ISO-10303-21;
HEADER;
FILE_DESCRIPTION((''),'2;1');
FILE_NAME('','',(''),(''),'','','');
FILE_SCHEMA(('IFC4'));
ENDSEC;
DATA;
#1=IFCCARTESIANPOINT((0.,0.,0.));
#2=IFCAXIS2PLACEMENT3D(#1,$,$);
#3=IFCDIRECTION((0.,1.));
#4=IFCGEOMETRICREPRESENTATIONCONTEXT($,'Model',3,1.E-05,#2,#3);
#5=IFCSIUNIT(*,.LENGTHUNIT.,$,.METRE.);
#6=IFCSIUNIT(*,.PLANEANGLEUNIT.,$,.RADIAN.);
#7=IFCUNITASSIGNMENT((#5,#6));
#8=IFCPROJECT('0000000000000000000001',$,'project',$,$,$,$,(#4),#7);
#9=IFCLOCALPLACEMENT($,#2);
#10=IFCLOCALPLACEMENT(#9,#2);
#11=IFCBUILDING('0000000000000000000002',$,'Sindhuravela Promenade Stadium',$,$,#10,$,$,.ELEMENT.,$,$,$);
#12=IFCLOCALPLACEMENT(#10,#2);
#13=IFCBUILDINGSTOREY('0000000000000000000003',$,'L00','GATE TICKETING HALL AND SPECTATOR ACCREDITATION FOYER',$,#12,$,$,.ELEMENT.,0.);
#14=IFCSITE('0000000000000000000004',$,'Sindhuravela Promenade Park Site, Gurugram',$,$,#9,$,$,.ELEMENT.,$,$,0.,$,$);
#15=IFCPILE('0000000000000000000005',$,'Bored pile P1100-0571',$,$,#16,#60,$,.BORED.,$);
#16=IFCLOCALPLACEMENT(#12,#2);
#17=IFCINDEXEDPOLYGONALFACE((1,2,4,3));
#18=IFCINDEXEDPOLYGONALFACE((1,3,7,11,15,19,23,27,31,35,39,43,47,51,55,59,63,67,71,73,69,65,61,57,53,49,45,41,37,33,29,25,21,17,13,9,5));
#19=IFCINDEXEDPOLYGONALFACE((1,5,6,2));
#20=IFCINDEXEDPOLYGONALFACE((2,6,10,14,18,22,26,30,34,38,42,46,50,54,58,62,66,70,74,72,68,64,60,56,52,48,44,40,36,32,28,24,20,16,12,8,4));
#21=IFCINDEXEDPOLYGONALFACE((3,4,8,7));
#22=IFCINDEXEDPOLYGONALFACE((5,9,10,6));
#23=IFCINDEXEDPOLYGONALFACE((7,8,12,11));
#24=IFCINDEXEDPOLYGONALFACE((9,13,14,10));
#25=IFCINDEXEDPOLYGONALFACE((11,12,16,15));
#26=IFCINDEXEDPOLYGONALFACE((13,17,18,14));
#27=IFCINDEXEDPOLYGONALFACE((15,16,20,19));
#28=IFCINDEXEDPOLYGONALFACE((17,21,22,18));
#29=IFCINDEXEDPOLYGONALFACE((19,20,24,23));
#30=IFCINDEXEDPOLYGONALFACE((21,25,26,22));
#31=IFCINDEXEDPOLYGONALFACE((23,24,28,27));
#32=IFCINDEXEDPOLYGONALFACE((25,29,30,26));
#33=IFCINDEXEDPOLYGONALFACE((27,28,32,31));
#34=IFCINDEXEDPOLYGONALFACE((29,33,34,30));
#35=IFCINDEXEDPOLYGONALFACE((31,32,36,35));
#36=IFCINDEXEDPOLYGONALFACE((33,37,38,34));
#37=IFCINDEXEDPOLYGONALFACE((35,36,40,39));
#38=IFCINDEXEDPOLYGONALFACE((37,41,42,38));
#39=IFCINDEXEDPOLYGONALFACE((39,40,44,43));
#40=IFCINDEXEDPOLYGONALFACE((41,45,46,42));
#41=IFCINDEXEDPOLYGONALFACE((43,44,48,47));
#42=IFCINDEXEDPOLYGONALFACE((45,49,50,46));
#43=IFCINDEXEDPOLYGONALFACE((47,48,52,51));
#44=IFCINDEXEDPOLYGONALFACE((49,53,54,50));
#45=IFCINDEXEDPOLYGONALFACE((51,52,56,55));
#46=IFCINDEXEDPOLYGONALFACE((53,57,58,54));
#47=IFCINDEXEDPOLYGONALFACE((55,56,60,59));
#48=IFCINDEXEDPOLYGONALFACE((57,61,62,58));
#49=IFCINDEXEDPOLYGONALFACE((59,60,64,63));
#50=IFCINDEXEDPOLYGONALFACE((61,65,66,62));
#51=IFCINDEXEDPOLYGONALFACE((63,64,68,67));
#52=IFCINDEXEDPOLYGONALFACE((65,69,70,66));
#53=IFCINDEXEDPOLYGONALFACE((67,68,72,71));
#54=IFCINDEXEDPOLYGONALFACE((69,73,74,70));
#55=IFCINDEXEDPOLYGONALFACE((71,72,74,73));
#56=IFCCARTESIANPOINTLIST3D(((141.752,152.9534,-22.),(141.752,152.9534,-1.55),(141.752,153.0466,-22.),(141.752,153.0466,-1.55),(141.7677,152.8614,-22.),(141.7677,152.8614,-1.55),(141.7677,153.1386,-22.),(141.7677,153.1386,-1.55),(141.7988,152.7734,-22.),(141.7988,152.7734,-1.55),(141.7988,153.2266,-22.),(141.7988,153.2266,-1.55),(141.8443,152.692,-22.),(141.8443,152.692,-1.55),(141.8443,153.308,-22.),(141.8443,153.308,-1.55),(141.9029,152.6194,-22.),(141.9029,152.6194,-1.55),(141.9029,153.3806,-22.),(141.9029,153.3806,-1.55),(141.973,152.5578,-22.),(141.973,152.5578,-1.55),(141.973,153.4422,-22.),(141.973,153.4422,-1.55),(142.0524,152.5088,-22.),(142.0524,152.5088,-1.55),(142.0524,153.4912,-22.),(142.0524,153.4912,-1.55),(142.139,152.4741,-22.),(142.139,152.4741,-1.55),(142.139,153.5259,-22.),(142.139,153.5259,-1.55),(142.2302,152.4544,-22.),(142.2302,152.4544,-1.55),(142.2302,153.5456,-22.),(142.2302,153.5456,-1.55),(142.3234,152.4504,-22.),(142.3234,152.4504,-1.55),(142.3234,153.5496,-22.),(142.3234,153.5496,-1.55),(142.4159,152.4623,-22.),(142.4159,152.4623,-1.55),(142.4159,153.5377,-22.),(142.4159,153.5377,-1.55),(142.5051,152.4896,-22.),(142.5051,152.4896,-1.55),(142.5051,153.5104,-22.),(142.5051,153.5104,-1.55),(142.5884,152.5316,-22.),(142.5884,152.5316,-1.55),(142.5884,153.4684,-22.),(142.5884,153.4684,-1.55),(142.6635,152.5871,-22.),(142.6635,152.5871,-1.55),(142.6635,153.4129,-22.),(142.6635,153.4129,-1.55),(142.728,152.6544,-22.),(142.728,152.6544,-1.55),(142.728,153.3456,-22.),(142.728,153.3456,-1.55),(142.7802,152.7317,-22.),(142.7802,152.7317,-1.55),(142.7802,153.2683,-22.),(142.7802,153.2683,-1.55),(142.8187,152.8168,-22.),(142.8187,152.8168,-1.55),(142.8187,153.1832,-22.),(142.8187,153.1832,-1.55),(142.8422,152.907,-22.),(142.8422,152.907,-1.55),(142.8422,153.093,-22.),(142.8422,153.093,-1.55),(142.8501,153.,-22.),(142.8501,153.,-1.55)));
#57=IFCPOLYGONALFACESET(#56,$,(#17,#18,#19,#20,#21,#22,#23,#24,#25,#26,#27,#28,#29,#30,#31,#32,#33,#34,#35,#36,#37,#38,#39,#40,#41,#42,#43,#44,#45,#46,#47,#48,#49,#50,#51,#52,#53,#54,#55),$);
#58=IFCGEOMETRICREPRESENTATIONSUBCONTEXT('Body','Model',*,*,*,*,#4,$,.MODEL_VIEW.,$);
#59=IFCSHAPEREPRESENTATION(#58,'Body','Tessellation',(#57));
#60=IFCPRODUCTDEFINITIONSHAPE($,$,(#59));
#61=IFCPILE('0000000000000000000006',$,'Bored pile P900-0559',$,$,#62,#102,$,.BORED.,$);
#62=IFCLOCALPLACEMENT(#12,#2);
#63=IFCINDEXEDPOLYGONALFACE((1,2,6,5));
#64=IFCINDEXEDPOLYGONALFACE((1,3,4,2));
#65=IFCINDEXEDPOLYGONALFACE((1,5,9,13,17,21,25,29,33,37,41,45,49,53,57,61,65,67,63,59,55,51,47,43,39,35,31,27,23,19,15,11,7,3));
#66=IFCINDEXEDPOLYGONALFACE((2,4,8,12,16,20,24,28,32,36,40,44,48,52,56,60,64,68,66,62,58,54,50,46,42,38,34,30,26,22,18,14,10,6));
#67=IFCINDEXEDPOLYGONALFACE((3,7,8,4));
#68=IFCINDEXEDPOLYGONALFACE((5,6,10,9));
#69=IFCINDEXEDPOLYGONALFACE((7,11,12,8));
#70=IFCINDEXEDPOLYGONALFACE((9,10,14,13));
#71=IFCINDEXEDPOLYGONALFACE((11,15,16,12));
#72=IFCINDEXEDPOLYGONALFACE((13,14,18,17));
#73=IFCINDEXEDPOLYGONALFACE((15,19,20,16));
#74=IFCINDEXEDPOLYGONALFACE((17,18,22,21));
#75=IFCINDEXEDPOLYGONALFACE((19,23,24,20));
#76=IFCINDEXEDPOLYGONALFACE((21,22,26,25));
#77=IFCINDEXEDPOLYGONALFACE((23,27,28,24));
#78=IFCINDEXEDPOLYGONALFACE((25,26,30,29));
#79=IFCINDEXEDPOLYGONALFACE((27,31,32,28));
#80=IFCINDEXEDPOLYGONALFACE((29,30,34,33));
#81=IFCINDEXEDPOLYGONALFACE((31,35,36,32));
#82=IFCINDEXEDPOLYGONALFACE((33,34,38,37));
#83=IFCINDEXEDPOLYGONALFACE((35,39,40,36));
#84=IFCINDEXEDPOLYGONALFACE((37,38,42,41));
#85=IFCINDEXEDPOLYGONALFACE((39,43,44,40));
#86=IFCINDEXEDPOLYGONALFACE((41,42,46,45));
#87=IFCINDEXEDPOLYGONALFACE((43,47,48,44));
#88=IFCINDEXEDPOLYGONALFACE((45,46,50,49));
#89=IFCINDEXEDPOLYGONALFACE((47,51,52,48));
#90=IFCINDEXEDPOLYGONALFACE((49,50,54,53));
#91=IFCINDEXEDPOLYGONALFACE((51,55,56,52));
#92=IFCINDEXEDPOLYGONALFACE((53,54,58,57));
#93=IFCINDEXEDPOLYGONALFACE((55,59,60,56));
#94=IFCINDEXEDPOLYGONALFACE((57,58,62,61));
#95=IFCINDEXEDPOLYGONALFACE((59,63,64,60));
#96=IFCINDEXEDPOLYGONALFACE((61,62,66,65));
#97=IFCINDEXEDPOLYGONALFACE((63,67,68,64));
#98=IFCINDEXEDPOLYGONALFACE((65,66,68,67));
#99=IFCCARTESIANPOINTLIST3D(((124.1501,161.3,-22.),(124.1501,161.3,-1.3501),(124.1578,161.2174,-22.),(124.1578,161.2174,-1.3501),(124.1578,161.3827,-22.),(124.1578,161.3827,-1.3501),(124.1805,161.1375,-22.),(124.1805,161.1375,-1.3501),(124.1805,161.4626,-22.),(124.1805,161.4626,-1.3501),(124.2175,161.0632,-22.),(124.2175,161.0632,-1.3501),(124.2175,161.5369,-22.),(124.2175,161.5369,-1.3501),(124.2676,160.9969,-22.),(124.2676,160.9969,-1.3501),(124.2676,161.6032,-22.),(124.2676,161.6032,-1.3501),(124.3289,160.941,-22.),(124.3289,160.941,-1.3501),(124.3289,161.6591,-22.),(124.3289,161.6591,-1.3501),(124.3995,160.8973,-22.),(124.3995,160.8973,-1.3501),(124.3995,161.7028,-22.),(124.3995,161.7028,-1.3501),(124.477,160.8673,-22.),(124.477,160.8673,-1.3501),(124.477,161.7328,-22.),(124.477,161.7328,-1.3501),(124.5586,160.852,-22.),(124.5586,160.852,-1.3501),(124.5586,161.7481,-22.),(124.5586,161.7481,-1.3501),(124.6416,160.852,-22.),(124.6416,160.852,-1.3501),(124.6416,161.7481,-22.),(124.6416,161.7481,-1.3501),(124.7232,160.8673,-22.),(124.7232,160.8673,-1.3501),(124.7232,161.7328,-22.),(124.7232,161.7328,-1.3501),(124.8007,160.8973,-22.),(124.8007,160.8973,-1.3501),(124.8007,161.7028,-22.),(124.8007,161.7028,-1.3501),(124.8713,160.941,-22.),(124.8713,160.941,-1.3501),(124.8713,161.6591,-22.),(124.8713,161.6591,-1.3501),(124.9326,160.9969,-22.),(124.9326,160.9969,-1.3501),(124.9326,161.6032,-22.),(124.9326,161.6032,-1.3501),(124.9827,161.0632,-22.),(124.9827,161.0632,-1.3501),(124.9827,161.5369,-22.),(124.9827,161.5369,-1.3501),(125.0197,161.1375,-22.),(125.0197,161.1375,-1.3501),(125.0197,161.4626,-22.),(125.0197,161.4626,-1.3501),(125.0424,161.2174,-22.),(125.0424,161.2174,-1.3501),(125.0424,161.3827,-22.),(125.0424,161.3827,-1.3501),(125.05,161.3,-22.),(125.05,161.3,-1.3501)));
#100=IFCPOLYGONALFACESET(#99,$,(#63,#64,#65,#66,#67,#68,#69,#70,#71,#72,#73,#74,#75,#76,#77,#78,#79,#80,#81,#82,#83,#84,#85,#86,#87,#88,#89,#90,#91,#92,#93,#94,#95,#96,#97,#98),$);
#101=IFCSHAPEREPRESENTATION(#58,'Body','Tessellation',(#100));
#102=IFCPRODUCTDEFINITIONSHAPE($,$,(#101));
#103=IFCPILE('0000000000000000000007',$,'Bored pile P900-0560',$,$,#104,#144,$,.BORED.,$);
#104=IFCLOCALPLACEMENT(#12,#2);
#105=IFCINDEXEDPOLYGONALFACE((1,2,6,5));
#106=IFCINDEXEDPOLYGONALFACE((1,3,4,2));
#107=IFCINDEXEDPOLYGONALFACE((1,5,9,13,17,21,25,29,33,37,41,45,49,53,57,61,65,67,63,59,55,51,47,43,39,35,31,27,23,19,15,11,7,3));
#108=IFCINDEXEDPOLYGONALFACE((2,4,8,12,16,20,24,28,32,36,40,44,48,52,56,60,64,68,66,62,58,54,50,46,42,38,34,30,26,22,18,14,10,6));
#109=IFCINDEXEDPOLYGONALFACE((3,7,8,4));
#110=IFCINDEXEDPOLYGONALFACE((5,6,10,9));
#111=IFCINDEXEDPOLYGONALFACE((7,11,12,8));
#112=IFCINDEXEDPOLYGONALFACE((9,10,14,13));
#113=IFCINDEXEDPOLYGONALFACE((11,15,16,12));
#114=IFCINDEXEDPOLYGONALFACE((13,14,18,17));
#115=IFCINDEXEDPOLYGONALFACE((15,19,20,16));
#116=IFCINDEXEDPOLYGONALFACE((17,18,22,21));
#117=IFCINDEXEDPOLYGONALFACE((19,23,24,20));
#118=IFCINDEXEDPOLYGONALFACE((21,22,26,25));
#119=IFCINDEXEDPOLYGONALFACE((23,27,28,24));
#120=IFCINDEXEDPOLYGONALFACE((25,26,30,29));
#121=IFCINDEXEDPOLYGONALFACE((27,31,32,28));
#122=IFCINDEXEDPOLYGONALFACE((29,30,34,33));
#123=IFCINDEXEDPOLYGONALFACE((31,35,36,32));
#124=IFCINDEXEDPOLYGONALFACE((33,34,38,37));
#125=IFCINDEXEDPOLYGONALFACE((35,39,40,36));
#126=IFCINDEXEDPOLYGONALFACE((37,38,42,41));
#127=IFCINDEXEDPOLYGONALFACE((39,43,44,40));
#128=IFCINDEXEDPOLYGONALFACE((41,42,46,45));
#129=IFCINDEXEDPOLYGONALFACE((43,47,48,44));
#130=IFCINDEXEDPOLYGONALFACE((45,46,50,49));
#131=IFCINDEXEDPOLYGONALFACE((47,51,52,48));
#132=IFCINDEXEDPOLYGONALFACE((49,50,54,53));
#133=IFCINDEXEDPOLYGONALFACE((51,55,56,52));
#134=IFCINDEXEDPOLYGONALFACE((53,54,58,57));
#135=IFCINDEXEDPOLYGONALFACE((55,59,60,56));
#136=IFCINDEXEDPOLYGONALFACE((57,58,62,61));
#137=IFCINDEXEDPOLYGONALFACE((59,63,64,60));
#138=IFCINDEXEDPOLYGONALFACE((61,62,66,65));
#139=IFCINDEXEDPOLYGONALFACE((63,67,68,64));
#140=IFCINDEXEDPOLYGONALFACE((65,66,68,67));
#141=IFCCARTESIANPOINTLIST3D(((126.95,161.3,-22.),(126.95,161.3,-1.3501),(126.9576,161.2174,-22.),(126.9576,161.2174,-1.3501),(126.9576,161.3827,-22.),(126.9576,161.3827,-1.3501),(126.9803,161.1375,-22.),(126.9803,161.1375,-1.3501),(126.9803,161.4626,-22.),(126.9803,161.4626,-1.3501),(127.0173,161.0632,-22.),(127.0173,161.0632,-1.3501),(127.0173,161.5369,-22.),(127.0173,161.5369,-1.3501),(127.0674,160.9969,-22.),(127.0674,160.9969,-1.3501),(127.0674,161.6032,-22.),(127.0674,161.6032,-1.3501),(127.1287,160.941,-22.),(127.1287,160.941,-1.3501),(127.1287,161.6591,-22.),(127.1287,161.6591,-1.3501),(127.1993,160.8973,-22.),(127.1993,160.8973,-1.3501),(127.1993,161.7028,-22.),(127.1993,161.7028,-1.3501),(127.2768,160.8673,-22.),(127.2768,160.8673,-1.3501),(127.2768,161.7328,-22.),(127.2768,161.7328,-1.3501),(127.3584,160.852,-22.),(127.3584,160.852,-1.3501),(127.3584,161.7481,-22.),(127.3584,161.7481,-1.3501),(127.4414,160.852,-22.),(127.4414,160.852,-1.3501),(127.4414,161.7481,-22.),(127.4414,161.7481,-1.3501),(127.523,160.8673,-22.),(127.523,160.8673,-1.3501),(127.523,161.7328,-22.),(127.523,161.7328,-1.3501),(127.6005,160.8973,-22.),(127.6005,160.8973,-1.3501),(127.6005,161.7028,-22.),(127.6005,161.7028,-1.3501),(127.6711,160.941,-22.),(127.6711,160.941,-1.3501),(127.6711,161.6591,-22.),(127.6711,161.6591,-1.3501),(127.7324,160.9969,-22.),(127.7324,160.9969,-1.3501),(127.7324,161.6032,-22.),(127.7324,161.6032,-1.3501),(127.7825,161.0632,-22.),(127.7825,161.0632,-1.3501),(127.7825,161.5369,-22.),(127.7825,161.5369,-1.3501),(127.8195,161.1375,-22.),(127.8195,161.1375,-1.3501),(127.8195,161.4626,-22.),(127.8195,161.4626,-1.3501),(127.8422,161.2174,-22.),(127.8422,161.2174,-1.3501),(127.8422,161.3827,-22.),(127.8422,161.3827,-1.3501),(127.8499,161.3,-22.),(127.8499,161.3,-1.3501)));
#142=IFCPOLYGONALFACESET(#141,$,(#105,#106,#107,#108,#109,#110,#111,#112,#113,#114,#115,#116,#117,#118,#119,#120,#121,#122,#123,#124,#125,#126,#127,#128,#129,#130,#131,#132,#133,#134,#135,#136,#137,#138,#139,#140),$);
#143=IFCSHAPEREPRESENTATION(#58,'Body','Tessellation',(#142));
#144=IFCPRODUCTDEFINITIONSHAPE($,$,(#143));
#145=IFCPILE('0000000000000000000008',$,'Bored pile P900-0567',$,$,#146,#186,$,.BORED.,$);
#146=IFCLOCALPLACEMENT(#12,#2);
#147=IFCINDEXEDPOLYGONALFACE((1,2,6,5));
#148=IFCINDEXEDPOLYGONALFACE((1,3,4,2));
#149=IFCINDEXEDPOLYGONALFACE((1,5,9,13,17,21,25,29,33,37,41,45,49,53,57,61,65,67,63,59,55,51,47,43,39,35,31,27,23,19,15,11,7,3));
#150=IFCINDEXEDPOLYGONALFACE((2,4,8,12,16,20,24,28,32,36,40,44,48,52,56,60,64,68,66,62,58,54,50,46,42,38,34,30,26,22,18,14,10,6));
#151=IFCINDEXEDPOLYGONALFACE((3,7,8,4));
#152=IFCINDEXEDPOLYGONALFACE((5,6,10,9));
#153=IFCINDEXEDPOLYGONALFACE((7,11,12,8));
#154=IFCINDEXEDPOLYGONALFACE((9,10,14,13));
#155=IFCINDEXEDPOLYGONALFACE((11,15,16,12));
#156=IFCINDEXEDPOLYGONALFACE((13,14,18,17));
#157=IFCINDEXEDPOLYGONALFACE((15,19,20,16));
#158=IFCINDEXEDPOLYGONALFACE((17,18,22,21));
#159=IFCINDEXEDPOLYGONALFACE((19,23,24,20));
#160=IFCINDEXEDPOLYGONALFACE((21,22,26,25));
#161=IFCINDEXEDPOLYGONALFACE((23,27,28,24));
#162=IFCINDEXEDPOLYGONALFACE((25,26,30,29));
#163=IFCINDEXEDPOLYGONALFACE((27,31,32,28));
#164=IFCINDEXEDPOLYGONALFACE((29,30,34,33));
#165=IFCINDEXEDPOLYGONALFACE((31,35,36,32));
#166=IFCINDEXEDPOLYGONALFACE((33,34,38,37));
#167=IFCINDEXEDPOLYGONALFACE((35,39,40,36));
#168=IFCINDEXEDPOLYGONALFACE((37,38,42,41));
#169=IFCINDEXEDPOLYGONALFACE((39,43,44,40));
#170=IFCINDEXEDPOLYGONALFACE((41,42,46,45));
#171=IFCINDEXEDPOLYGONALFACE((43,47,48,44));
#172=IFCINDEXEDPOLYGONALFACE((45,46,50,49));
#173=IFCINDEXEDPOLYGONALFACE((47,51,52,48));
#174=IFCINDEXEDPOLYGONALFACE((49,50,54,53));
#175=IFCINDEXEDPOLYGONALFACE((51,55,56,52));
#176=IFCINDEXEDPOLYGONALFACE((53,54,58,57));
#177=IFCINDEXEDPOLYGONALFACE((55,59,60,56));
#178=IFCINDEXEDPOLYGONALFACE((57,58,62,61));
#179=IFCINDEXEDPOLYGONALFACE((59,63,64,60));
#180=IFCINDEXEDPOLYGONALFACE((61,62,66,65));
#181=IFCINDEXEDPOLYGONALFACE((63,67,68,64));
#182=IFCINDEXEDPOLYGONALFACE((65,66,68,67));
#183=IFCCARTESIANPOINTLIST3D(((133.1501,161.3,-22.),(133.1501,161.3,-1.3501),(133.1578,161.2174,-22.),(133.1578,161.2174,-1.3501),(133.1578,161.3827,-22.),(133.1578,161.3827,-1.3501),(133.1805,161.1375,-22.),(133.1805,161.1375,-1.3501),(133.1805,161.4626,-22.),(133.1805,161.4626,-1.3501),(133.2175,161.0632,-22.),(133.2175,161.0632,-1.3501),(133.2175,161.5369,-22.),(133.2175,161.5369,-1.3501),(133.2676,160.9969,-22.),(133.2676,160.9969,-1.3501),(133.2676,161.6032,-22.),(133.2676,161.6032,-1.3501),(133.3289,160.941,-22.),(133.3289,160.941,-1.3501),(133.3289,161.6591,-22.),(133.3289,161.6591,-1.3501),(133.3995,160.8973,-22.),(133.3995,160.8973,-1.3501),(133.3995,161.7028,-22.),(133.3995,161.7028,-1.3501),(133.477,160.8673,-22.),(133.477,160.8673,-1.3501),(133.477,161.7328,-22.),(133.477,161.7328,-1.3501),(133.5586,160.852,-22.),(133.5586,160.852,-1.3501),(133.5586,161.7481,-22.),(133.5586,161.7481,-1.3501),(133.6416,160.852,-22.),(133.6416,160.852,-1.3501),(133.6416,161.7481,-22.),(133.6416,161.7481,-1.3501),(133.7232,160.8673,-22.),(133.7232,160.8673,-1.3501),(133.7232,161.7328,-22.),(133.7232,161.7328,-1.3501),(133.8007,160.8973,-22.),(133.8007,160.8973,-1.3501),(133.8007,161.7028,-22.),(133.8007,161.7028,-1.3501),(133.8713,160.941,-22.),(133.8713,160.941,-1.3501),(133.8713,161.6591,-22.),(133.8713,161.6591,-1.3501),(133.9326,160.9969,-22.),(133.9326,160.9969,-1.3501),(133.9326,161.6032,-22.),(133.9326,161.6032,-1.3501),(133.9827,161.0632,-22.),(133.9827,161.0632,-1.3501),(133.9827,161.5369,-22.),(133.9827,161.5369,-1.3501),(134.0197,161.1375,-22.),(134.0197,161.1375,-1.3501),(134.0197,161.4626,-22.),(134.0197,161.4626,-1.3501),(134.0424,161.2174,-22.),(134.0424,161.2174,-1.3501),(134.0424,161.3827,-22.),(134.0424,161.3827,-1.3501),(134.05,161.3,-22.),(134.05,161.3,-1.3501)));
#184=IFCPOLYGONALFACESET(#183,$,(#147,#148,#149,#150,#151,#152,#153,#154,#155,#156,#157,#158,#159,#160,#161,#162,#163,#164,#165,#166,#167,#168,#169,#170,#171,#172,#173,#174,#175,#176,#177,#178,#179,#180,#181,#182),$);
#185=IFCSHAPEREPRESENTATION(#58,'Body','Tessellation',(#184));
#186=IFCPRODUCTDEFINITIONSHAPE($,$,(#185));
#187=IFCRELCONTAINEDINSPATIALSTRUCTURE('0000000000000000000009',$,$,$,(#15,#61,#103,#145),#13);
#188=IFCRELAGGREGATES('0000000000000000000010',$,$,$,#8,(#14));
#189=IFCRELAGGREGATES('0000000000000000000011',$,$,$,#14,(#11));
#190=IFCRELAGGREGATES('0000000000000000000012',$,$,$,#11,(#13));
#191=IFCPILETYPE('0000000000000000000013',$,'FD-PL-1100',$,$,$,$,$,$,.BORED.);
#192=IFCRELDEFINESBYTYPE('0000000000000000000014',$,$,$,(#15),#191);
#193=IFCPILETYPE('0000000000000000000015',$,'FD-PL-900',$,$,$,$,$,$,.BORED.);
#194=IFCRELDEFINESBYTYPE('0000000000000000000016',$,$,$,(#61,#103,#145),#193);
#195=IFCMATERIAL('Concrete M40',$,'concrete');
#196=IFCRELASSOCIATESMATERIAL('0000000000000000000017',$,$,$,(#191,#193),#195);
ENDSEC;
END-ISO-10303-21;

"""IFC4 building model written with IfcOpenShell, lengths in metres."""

from ifc_helpers import new_model, si_unit, direction, frame, origin, origin_2d, place, context, subcontext, project, spatial, circle, extrude, material, material_profile, profile_set, type_object, element, save


model = new_model("IFC4")

# Units and contexts
model_context = context("Model", 3, precision=1e-05, world=origin(), true_north=direction((0.0, 1.0)))
body_context = subcontext(model_context, "Body", "Model", "MODEL_VIEW")
ifc_project = project(units=[si_unit("LENGTHUNIT", "METRE"), si_unit("PLANEANGLEUNIT", "RADIAN")], contexts=[model_context])

# Site, building, storey
site_placement = place(None, origin())
site = spatial("IfcSite", under=ifc_project, at=site_placement, Name="Sindhuravela Promenade Park Site, Gurugram", CompositionType="ELEMENT", RefElevation=0.0)
building_placement = place(site_placement, origin())
building = spatial("IfcBuilding", under=site, at=building_placement, Name="Sindhuravela Promenade Stadium", CompositionType="ELEMENT")
storey_placement = place(building_placement, origin())
storey = spatial("IfcBuildingStorey", under=building, at=storey_placement, Name="L00", Description="GATE TICKETING HALL AND SPECTATOR ACCREDITATION FOYER", CompositionType="ELEMENT", Elevation=0.0)

# Piles
ifc_material_1 = material(Name="Concrete M40", Category="concrete")
ifc_material_profile_1 = material_profile(ifc_material_1, circle(Radius=0.55, at=origin_2d()), Name="BORED PILE D1100")
ifc_profile_set_1 = profile_set([ifc_material_profile_1], Name="Concrete M40")
pile_type_1 = type_object("IfcPileType", Name="FD-PL-1100", PredefinedType="BORED", material=ifc_profile_set_1)
pile_placement = place(storey_placement, frame((142.3, 153.0, -1.55), z_axis=(0.0, 0.0, -1.0), x_axis=(1.0, 0.0, 0.0)))
element("IfcPile", 1, at=pile_placement, inside=storey, type_object=pile_type_1, Name="Bored pile P1100-0571", PredefinedType="BORED", context=body_context, shape_type="SweptSolid", body=[
    extrude(circle(Radius=0.55, at=origin_2d()), origin(), (0.0, 0.0, 1.0), 20.45),
])
ifc_material_profile_2 = material_profile(ifc_material_1, circle(Radius=0.45, at=origin_2d()), Name="BORED PILE D900")
ifc_profile_set_2 = profile_set([ifc_material_profile_2], Name="Concrete M40")
pile_type_2 = type_object("IfcPileType", Name="FD-PL-900", PredefinedType="BORED", material=ifc_profile_set_2)
for number, where, z_axis, x_axis, name in (
    (2, (124.6001, 161.3, -1.3501), (0.0, 0.0, -1.0), (1.0, 0.0, 0.0), "Bored pile P900-0559"),
    (3, (127.3999, 161.3, -1.3501), (0.0, 0.0, -1.0), (1.0, 0.0, 0.0), "Bored pile P900-0560"),
    (4, (133.6001, 161.3, -1.3501), (0.0, 0.0, -1.0), (1.0, 0.0, 0.0), "Bored pile P900-0567"),
):
    element("IfcPile", number, at=place(storey_placement, frame(where, z_axis=z_axis, x_axis=x_axis)), inside=storey, type_object=pile_type_2, Name=name, PredefinedType="BORED", context=body_context, shape_type="SweptSolid", body=[
        extrude(circle(Radius=0.45, at=origin_2d()), origin(), (0.0, 0.0, 1.0), 20.6499),
    ])

save(model, "model.ifc")
